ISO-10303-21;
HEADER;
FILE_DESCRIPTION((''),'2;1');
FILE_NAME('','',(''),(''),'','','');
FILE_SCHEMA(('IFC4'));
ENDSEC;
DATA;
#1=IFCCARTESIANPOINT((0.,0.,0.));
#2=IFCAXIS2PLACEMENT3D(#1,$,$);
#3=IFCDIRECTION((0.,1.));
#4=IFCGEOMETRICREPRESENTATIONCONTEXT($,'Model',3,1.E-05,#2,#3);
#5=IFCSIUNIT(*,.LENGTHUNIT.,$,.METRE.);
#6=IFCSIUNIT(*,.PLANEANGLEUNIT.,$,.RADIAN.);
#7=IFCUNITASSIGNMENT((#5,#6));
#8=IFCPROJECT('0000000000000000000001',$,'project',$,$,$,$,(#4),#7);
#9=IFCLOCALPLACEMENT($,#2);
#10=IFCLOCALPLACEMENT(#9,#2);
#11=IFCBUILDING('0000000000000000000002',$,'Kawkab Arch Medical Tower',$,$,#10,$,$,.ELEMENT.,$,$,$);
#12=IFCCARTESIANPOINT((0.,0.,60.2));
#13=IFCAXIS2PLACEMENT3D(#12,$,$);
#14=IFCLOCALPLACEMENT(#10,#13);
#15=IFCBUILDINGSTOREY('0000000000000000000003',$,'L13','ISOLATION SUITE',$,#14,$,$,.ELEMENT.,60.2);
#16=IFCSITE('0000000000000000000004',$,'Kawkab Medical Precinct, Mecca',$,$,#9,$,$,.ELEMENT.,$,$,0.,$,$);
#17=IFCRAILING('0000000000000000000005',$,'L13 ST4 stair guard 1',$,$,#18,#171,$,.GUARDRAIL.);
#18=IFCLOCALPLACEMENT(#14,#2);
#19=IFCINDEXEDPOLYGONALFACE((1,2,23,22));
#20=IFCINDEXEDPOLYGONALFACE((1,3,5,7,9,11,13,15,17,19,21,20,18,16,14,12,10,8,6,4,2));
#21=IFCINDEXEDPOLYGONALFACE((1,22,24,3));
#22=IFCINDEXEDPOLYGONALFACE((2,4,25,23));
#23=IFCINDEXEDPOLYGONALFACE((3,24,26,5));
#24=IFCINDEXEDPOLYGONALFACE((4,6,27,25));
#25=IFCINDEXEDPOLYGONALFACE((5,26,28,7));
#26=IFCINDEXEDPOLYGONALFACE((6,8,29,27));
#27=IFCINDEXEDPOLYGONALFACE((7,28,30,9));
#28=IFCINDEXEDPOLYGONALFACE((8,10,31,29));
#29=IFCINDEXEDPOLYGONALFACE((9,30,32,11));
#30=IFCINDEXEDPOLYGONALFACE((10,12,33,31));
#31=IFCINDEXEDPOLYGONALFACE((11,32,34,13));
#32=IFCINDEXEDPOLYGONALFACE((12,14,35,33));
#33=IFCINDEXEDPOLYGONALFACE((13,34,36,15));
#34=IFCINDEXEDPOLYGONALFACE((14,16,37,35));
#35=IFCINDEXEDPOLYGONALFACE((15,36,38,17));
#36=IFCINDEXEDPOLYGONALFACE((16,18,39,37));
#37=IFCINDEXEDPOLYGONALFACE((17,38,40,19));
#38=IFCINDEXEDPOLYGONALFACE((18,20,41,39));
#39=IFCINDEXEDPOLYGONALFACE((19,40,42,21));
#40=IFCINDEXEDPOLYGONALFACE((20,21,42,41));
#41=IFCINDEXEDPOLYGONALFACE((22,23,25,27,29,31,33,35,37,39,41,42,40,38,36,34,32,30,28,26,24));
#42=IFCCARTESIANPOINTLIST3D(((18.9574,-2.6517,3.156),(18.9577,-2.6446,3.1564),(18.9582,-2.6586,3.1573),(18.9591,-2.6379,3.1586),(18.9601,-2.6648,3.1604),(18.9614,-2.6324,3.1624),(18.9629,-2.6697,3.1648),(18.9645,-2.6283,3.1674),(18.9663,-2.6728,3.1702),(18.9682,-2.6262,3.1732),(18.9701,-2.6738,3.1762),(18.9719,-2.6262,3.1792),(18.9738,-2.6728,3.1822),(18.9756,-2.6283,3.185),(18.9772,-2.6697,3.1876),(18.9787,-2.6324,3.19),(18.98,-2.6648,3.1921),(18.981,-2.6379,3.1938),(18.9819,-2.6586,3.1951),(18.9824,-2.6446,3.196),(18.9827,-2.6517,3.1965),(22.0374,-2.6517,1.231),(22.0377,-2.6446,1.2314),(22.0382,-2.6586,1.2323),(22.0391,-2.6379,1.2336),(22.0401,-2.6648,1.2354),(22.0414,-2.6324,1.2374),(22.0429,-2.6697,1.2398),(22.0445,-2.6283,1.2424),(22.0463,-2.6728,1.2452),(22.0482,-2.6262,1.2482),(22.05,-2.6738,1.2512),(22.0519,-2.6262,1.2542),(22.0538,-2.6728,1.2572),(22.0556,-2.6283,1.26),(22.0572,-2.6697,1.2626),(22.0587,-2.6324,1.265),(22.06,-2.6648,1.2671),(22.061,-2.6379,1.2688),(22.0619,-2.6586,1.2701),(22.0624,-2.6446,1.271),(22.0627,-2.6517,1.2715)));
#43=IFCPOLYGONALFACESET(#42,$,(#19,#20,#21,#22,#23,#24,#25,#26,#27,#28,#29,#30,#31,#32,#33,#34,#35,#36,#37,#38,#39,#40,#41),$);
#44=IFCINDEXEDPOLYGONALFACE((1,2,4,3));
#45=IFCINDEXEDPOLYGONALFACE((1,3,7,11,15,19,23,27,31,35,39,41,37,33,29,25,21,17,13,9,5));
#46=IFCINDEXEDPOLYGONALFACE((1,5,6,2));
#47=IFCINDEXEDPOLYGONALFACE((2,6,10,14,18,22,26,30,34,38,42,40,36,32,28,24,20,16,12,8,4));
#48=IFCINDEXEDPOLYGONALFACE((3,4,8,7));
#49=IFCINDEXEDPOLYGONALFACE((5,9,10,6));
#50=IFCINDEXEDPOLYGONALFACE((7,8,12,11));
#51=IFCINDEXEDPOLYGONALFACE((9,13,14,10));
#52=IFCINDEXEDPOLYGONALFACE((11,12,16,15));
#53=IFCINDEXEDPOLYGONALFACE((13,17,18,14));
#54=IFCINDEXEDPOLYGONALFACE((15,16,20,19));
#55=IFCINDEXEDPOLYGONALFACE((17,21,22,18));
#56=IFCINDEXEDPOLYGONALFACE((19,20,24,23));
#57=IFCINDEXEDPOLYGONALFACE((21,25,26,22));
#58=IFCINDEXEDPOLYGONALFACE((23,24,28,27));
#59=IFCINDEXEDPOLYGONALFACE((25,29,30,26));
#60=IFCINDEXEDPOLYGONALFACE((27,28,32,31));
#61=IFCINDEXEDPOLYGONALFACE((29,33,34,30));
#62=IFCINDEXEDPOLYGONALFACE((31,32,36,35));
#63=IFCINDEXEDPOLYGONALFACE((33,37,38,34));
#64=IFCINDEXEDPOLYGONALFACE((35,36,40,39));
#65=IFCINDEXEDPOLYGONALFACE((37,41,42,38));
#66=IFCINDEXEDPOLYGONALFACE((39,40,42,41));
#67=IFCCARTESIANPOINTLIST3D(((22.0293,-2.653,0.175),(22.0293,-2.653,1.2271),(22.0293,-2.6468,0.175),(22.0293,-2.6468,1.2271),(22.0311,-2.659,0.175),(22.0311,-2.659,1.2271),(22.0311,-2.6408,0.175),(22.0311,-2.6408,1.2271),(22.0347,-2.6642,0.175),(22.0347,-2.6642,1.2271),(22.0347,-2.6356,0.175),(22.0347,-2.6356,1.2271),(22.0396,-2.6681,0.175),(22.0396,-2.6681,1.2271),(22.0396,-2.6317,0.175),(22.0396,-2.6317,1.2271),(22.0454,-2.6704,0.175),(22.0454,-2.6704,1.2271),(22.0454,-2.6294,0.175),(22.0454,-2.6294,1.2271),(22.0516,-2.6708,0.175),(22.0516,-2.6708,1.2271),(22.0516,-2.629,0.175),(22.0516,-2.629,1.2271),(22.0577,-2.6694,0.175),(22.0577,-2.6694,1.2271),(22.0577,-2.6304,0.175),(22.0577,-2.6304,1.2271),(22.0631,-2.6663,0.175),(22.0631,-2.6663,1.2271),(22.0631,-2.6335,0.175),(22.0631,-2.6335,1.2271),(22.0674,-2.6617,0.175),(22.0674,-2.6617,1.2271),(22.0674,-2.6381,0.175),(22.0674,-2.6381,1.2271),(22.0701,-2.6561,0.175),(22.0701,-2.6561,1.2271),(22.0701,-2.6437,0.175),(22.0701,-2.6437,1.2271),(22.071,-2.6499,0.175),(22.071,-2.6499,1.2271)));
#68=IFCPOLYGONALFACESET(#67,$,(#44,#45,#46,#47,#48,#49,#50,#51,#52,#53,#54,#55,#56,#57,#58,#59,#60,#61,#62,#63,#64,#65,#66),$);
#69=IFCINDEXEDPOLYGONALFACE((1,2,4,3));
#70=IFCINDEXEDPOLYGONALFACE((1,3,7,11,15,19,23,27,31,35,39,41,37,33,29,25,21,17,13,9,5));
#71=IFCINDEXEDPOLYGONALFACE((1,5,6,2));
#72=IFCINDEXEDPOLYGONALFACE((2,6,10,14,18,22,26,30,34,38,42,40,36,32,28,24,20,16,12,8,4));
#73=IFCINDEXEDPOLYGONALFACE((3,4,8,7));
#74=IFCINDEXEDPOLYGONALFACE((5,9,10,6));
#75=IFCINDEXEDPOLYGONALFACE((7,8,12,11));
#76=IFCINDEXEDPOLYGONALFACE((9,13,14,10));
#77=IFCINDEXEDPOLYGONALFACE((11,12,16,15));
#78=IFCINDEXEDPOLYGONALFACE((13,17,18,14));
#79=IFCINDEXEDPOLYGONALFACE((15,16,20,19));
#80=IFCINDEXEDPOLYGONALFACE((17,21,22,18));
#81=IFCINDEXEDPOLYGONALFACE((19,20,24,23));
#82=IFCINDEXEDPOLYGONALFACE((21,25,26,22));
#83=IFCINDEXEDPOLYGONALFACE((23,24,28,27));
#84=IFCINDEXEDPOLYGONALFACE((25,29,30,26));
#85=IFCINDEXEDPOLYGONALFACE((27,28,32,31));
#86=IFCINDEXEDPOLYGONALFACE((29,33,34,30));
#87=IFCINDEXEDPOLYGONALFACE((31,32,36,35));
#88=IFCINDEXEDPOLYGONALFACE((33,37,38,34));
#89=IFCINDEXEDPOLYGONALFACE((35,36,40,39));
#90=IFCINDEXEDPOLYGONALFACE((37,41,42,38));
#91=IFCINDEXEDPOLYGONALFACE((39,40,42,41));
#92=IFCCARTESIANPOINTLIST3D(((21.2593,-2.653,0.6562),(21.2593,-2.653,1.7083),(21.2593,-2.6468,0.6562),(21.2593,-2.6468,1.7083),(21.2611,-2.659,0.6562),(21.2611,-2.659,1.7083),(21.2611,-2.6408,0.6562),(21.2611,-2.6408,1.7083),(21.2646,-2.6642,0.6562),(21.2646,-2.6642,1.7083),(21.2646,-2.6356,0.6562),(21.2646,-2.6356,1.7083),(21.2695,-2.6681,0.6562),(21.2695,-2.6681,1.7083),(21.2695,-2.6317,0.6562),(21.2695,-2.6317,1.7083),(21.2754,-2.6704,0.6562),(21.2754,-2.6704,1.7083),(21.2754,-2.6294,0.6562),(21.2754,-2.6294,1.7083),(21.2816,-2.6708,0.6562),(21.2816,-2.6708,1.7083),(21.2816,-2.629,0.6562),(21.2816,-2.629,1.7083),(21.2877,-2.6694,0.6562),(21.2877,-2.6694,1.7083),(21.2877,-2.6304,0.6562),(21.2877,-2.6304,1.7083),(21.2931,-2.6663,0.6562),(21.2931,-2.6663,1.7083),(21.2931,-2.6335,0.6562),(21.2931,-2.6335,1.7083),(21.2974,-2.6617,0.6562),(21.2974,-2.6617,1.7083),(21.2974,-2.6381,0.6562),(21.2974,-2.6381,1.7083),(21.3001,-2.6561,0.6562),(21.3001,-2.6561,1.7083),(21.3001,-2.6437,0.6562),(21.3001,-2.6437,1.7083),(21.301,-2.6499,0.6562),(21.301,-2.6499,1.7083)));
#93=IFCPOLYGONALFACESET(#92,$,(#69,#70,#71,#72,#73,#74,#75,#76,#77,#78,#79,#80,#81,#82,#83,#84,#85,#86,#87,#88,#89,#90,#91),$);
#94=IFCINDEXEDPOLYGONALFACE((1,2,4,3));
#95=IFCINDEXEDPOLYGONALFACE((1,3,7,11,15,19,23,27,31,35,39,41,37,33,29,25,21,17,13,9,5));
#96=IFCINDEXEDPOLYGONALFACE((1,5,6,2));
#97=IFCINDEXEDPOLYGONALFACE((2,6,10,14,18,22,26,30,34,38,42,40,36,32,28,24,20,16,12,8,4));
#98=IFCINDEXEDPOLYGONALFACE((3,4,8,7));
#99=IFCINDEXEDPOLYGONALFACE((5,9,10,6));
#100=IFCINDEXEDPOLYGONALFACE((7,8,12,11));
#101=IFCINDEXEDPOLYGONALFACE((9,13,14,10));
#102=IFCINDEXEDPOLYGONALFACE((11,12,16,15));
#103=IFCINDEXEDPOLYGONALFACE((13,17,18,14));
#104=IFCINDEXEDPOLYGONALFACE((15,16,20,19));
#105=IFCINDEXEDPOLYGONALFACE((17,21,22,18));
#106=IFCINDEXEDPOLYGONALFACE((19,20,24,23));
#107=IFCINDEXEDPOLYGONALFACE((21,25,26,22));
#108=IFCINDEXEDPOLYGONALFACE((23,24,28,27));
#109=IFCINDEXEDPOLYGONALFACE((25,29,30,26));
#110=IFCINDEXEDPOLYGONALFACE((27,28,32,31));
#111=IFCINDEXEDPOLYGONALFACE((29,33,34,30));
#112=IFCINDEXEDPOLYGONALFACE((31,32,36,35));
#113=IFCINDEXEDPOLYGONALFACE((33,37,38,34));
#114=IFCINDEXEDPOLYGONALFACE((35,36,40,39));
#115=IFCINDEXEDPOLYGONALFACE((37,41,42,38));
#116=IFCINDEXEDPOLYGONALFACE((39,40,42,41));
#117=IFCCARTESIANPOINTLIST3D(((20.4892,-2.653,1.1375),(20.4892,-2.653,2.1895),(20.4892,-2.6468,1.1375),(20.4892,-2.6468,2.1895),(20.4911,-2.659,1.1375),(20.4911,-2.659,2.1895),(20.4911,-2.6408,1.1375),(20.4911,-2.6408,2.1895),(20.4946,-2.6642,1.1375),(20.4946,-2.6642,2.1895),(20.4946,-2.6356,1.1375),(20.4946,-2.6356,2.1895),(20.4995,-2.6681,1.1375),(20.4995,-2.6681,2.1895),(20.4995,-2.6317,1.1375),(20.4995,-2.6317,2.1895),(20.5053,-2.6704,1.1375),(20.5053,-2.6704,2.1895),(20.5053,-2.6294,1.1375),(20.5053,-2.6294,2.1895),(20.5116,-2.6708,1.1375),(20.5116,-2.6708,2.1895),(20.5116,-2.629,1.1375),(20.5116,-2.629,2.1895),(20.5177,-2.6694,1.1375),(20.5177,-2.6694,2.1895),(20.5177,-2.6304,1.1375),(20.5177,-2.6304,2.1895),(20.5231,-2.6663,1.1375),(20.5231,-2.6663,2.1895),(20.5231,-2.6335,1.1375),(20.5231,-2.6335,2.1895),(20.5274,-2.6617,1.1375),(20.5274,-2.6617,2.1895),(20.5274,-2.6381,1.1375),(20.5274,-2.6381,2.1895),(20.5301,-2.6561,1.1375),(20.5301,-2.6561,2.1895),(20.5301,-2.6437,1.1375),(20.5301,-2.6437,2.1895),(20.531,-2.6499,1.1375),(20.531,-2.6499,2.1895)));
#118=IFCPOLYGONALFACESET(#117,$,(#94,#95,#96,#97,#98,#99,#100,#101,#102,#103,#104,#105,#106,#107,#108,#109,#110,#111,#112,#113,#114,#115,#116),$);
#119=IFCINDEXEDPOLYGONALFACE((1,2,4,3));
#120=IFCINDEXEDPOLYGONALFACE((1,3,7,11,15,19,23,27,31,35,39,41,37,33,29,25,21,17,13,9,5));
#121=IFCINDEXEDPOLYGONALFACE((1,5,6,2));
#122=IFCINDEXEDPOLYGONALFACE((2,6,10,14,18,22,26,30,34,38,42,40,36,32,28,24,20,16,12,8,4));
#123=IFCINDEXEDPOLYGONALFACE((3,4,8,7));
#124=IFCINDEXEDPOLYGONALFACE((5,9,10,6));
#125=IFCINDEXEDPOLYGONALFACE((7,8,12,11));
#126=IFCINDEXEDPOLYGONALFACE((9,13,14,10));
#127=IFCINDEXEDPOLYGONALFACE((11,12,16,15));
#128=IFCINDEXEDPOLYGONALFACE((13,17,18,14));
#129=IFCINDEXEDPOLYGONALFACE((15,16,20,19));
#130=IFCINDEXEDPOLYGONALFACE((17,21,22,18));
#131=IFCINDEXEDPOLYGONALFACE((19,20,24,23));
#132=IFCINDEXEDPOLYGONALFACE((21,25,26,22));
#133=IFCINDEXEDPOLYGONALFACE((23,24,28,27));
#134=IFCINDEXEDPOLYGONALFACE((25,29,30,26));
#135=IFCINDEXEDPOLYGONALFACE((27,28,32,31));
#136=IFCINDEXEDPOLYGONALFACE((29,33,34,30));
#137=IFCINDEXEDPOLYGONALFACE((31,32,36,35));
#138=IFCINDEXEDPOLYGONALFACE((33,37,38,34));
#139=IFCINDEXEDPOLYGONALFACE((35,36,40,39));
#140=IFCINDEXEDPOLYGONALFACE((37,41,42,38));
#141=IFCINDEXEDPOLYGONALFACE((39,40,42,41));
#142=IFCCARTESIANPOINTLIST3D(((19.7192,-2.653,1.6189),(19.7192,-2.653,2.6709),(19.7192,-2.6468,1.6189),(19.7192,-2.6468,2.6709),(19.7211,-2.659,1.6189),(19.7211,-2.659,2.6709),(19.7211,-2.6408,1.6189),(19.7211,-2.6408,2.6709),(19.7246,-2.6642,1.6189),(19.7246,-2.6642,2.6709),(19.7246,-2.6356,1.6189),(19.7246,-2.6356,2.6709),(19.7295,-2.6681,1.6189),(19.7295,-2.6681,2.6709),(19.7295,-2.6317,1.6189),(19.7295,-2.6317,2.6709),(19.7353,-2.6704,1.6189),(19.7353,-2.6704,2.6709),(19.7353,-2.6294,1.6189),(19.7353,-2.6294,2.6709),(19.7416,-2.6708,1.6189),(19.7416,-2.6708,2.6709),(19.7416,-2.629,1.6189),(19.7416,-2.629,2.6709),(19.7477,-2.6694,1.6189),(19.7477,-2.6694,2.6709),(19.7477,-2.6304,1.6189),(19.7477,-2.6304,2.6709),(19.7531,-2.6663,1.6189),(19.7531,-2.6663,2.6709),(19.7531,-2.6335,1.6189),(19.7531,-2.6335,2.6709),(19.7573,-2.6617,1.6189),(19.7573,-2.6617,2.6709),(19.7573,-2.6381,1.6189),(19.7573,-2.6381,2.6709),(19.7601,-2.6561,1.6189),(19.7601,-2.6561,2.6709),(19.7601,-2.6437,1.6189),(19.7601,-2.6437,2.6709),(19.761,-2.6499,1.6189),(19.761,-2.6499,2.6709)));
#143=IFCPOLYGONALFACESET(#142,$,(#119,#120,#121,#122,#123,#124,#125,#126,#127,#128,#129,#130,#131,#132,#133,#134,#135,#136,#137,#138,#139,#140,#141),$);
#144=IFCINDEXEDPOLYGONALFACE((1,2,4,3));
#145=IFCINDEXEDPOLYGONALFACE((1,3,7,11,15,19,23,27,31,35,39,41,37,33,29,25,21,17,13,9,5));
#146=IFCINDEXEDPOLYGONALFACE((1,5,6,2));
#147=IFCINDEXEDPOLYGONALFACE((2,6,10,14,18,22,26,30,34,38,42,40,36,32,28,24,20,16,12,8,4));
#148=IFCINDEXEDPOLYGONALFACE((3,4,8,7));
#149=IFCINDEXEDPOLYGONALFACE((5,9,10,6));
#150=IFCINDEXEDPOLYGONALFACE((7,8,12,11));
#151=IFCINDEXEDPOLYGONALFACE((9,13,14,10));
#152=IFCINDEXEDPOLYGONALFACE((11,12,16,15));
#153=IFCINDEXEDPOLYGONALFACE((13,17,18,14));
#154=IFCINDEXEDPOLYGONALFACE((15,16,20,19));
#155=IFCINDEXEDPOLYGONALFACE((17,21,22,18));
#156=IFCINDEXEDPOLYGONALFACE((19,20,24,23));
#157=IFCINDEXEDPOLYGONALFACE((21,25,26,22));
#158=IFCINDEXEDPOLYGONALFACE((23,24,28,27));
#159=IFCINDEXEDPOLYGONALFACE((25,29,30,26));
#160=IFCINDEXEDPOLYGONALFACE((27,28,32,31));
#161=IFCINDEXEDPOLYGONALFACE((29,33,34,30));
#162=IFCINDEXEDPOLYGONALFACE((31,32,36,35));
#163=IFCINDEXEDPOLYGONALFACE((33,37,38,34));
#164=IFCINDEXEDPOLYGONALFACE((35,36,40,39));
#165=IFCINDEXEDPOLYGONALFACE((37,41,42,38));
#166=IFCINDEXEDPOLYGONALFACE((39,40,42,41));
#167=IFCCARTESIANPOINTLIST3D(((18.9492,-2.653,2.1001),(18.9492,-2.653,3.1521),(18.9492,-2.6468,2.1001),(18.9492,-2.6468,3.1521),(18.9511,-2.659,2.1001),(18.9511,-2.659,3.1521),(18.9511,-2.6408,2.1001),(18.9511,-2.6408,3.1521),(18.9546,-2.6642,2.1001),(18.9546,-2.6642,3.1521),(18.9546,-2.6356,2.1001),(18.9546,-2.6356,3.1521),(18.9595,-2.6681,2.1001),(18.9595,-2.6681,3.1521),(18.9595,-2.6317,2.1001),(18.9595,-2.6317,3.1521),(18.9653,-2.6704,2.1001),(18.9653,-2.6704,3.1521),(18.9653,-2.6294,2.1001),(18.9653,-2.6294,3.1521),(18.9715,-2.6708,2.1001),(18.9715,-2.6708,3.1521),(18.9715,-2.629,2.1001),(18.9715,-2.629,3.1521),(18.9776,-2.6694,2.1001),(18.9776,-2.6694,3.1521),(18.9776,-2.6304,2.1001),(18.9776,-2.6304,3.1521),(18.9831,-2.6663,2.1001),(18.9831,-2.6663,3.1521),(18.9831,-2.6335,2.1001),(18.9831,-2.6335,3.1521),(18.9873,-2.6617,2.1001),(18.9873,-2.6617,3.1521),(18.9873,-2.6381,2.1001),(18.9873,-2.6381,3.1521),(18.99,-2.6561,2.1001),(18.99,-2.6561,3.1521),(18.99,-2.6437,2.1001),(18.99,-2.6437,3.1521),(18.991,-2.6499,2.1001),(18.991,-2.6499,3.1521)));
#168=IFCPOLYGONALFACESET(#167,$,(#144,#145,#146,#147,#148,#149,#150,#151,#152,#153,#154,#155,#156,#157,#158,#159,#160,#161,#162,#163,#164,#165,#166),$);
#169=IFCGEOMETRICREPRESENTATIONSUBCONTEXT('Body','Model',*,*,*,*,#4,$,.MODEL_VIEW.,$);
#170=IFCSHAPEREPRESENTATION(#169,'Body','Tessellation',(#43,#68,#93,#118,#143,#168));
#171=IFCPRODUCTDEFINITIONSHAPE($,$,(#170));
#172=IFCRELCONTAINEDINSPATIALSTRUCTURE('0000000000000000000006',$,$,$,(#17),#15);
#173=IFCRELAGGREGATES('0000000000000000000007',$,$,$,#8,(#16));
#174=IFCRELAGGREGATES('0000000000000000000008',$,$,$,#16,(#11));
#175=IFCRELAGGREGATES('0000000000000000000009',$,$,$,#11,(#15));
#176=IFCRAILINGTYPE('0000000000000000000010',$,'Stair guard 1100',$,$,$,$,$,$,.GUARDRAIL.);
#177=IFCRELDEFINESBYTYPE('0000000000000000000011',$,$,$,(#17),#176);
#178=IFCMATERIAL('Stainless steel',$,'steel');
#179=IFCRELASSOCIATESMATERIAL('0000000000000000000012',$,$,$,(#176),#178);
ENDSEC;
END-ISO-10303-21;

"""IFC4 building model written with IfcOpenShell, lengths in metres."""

from ifc_helpers import new_model, si_unit, direction, frame, origin, origin_2d, place, context, subcontext, project, spatial, circle, extrude, material, type_object, element, save


model = new_model("IFC4")

# Units and contexts
model_context = context("Model", 3, precision=1e-05, world=origin(), true_north=direction((0.0, 1.0)))
body_context = subcontext(model_context, "Body", "Model", "MODEL_VIEW")
ifc_project = project(units=[si_unit("LENGTHUNIT", "METRE"), si_unit("PLANEANGLEUNIT", "RADIAN")], contexts=[model_context])

# Site, building, storey
site_placement = place(None, origin())
site = spatial("IfcSite", under=ifc_project, at=site_placement, Name="Kawkab Medical Precinct, Mecca", CompositionType="ELEMENT", RefElevation=0.0)
building_placement = place(site_placement, origin())
building = spatial("IfcBuilding", under=site, at=building_placement, Name="Kawkab Arch Medical Tower", CompositionType="ELEMENT")
storey_placement = place(building_placement, frame((0.0, 0.0, 60.2)))
storey = spatial("IfcBuildingStorey", under=building, at=storey_placement, Name="L13", Description="ISOLATION SUITE", CompositionType="ELEMENT", Elevation=60.2)

# Railing
ifc_material_1 = material(Name="Stainless steel", Category="steel")
railing_type = type_object("IfcRailingType", Name="Stair guard 1100", PredefinedType="GUARDRAIL", material=ifc_material_1)
railing_1_placement = place(storey_placement, frame((22.05, -2.6499, 0.175)))
element("IfcRailing", 1, at=railing_1_placement, inside=storey, type_object=railing_type, Name="L13 ST4 stair guard 1", PredefinedType="GUARDRAIL", context=body_context, shape_type="SweptSolid", body=[
    extrude(circle(Radius=0.0239, at=origin_2d()), frame((0.0, 0.0, 1.0762), z_axis=(-0.847998, 0.0, 0.529999), x_axis=(0.0, -1.0, 0.0)), (0.0, 0.0, 1.0), 3.6321),
    extrude(circle(Radius=0.021, at=origin_2d()), origin(), (0.0, 0.0, 1.0), 1.052),
    extrude(circle(Radius=0.021, at=origin_2d()), frame((-0.77, 0.0, 0.4812)), (0.0, 0.0, 1.0), 1.052),
    extrude(circle(Radius=0.021, at=origin_2d()), frame((-1.54, 0.0, 0.9624)), (0.0, 0.0, 1.0), 1.052),
    extrude(circle(Radius=0.021, at=origin_2d()), frame((-2.3101, 0.0, 1.4438)), (0.0, 0.0, 1.0), 1.052),
    extrude(circle(Radius=0.021, at=origin_2d()), frame((-3.0801, 0.0, 1.925)), (0.0, 0.0, 1.0), 1.052),
])

save(model, "model.ifc")
